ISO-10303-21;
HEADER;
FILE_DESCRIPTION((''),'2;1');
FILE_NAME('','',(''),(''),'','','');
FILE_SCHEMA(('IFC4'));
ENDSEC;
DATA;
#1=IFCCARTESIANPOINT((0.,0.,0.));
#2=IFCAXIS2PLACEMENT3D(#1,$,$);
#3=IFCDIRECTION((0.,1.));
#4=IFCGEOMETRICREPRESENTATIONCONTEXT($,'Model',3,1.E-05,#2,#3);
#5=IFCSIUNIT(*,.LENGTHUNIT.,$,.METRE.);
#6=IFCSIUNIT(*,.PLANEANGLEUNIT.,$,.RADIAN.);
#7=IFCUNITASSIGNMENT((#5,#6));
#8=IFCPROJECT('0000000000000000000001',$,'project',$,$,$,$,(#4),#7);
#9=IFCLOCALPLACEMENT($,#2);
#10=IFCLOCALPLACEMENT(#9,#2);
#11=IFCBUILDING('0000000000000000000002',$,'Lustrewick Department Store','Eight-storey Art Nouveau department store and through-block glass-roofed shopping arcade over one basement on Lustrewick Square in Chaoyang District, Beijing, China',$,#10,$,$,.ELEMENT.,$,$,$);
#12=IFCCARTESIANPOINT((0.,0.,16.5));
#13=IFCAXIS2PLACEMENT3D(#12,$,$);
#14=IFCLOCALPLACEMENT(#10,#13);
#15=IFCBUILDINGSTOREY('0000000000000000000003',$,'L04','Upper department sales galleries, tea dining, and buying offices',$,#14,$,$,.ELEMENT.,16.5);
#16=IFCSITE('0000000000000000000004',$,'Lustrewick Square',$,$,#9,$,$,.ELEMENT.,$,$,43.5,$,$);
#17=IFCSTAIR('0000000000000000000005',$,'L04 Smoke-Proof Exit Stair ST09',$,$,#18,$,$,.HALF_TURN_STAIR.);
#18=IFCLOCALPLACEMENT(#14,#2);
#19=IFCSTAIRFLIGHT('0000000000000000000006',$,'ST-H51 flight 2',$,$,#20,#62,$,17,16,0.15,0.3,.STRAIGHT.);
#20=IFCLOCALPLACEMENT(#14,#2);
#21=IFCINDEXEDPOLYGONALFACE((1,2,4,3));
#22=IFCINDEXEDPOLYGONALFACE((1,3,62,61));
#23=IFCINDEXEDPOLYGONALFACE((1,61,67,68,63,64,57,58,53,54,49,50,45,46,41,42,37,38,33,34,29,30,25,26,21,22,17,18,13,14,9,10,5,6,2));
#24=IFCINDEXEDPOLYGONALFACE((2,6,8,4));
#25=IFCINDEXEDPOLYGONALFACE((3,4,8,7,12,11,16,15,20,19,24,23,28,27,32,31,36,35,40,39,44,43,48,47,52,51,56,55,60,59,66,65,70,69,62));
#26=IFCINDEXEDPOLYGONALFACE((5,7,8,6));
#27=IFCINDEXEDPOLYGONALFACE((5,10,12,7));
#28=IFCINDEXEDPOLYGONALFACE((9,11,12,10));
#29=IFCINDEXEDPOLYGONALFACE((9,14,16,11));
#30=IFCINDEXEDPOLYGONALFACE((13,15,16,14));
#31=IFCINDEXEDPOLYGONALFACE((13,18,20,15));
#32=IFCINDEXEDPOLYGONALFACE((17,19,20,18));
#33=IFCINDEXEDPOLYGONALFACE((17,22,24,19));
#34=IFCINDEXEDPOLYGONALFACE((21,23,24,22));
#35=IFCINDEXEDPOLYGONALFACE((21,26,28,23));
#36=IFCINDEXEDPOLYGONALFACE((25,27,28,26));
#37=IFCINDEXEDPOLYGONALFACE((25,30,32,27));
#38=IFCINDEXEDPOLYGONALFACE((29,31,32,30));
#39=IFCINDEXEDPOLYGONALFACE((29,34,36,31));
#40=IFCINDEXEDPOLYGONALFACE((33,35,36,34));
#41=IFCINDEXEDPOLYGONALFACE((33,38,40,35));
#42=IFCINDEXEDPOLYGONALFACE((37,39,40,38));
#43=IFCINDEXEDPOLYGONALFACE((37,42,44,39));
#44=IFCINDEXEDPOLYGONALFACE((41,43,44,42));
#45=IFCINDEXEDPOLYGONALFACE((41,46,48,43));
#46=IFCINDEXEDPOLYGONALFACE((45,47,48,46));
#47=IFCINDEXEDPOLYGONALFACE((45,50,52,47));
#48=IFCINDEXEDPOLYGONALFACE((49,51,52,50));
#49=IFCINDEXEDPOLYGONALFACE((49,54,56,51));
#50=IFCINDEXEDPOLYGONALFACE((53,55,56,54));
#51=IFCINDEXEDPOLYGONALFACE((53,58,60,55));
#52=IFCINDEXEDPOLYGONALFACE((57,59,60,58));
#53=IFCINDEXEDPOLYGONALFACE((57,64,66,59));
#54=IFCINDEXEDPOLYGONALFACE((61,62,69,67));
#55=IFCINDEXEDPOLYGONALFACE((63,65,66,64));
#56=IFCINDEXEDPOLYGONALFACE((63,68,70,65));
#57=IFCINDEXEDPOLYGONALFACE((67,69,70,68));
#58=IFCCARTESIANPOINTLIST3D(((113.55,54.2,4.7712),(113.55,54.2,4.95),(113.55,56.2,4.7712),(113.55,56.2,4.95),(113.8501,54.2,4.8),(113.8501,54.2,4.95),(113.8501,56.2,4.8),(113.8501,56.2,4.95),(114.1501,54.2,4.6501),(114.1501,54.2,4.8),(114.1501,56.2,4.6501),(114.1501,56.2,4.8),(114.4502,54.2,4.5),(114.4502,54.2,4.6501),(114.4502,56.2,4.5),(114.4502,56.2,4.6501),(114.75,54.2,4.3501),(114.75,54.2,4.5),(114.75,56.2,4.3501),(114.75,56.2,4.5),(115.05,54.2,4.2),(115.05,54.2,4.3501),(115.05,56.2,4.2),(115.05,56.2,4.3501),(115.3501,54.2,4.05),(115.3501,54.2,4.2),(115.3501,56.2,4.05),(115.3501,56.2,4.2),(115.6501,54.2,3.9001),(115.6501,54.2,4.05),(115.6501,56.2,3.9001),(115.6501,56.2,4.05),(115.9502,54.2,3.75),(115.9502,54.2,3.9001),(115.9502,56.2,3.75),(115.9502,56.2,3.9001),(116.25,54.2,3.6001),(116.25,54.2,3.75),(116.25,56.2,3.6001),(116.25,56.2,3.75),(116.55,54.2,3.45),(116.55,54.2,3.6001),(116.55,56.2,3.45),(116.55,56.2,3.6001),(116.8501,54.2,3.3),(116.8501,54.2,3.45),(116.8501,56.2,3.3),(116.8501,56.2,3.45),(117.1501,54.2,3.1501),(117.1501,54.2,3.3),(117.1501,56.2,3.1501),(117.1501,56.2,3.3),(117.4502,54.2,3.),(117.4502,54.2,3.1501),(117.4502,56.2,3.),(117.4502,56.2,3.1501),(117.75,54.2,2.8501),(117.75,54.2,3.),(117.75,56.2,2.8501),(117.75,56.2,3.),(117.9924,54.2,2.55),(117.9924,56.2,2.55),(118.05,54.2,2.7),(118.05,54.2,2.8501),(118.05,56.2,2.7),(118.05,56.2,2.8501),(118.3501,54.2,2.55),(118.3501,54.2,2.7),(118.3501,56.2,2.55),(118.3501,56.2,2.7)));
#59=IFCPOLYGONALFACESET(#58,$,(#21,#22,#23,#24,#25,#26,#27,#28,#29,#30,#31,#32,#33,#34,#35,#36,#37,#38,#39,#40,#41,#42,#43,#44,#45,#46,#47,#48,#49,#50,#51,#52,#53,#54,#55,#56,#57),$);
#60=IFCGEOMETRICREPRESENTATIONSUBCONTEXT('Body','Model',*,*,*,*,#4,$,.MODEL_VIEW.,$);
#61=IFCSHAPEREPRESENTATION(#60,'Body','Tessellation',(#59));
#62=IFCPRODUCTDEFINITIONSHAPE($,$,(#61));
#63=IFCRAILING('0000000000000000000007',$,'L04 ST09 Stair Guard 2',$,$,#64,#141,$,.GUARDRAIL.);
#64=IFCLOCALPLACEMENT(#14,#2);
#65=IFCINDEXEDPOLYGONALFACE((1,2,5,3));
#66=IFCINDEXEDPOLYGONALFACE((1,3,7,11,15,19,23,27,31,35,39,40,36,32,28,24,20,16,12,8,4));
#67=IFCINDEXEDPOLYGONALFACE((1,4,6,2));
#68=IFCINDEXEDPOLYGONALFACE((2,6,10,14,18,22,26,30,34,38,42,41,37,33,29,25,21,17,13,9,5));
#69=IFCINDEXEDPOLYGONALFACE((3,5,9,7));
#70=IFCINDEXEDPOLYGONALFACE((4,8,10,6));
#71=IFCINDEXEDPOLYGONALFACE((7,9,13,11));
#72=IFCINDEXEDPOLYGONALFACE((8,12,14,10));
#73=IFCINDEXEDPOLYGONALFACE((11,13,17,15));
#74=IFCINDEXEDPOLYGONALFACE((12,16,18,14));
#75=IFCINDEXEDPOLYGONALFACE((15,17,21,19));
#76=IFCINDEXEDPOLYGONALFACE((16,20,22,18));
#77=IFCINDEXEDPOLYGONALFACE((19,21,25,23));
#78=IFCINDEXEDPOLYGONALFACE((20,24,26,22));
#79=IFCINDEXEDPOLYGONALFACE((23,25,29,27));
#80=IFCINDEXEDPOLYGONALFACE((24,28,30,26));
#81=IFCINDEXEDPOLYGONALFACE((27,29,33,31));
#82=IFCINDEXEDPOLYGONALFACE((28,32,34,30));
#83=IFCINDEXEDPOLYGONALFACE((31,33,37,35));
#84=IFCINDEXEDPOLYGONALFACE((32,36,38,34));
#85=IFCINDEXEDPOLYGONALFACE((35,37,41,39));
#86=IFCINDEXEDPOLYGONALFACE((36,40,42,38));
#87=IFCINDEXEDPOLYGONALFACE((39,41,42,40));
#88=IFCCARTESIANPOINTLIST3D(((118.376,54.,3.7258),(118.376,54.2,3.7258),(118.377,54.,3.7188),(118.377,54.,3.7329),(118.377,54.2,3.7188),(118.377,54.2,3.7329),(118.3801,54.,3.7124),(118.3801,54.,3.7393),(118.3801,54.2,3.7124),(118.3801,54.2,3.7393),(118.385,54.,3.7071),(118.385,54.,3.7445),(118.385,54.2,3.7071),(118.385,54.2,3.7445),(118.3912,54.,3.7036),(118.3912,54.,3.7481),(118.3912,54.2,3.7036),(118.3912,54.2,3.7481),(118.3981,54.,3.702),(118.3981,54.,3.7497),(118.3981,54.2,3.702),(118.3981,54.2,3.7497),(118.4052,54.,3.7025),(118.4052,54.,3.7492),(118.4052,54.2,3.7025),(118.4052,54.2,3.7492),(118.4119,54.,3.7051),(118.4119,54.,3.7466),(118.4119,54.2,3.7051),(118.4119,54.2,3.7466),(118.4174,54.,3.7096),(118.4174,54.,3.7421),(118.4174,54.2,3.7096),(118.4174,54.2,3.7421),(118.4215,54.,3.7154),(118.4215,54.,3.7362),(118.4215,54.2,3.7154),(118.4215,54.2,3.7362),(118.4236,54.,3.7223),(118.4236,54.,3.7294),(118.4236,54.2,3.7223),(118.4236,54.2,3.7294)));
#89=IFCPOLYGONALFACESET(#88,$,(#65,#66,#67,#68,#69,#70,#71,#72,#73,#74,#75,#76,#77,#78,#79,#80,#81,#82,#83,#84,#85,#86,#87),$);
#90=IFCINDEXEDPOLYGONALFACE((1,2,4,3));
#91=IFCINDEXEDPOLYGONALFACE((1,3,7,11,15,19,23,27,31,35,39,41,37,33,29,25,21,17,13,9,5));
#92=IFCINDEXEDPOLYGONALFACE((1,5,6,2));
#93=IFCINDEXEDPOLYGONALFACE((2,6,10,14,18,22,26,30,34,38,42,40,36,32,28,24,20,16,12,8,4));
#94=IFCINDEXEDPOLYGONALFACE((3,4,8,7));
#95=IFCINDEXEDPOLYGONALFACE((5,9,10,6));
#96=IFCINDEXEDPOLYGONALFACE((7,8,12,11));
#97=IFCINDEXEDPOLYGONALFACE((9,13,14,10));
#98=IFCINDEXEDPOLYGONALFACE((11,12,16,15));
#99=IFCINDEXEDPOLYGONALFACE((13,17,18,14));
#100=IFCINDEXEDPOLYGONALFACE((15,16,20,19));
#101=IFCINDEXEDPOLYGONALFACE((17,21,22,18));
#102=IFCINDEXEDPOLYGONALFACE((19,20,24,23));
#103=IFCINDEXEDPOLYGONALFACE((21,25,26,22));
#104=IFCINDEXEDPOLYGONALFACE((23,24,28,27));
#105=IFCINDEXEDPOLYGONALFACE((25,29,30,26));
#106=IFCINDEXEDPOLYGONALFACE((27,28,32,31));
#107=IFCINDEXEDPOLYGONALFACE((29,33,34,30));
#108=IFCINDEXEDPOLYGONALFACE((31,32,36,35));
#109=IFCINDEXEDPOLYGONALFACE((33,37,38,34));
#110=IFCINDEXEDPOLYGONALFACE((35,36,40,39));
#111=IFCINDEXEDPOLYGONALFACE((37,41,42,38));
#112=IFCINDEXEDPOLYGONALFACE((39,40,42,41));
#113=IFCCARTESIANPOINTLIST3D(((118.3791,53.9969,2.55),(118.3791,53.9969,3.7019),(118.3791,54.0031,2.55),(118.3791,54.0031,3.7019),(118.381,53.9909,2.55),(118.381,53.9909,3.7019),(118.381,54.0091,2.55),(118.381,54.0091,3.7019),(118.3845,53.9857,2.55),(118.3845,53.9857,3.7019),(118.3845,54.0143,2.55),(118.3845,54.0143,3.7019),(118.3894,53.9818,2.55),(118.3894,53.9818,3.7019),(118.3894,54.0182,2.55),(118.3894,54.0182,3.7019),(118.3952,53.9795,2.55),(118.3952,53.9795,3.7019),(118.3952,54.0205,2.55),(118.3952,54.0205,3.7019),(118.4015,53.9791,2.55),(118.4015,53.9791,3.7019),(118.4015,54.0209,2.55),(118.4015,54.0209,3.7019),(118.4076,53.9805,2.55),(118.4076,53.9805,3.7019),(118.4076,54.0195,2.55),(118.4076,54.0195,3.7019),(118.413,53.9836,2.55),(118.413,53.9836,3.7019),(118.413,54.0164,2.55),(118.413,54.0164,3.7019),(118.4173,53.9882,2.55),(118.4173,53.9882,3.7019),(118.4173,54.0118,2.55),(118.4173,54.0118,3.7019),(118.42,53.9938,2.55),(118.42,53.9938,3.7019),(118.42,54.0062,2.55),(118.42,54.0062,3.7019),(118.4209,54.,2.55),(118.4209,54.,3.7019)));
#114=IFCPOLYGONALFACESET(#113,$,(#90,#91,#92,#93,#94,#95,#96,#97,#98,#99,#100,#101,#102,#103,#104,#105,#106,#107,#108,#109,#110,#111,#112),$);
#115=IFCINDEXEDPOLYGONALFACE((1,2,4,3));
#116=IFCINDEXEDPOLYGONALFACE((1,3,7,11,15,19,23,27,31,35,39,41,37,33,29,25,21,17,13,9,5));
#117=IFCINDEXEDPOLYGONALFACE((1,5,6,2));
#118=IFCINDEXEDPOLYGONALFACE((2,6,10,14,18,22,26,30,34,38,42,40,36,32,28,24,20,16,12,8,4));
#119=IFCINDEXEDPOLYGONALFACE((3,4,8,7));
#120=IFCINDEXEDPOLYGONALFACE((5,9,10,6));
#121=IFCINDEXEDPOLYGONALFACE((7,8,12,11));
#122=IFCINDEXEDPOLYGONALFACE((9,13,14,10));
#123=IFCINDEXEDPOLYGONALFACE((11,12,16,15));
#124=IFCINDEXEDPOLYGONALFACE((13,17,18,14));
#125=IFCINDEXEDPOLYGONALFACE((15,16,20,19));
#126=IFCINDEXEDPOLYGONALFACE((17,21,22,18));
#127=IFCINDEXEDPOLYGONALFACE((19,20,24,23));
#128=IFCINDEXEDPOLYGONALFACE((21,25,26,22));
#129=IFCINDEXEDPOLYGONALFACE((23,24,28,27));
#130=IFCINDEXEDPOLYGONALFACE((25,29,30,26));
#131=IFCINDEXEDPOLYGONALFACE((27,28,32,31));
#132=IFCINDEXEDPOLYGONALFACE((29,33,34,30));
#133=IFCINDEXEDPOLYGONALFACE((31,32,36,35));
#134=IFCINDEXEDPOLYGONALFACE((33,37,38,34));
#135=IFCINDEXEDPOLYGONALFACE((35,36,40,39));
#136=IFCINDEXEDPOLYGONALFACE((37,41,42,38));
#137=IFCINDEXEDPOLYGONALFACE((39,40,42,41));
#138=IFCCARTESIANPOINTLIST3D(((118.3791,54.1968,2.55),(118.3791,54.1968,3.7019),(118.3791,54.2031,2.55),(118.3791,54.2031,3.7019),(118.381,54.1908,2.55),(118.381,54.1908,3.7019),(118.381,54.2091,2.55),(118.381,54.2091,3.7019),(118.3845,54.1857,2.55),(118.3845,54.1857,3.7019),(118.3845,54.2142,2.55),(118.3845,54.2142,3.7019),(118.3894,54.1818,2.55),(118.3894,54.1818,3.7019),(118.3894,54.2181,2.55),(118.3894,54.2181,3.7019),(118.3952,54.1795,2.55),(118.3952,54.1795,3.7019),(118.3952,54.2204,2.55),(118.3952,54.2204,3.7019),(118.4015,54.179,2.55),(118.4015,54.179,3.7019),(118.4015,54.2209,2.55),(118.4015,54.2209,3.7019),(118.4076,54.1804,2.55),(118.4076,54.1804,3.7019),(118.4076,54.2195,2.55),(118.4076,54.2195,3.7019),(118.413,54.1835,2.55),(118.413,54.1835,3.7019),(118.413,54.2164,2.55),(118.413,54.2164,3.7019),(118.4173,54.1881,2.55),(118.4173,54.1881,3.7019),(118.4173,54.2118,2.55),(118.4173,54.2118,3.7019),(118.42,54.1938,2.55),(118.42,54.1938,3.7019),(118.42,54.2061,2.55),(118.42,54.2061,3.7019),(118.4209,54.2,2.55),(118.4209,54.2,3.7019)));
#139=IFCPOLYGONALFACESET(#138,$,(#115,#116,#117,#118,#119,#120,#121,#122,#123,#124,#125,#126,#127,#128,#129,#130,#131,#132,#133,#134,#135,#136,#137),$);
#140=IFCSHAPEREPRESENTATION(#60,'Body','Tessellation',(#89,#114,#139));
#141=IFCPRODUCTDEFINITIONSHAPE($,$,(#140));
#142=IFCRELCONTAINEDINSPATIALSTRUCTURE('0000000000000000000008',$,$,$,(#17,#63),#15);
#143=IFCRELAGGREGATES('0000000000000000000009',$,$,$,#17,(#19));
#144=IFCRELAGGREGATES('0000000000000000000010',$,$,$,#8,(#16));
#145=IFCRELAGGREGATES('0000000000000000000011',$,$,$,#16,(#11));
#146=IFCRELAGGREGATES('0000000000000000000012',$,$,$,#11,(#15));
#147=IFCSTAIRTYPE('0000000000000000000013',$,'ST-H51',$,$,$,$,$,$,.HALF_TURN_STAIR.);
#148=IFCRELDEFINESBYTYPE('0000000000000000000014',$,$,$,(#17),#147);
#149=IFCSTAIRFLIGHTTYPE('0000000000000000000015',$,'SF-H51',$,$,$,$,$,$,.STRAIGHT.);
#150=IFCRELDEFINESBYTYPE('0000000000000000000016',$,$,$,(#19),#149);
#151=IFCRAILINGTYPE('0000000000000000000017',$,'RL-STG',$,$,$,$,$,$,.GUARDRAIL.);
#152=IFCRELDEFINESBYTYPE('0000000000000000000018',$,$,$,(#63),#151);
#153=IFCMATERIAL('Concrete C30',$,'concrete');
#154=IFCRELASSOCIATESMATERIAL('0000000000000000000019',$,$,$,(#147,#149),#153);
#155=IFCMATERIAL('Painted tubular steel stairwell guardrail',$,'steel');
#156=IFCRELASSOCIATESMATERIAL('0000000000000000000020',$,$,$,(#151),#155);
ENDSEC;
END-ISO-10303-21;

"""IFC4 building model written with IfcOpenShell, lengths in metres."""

from ifc_helpers import new_model, si_unit, direction, frame, origin, origin_2d, place, context, subcontext, project, spatial, polyline, circle, outline, extrude, material, type_object, element, aggregate, save


model = new_model("IFC4")

# Units and contexts
model_context = context("Model", 3, precision=1e-05, world=origin(), true_north=direction((0.0, 1.0)))
body_context = subcontext(model_context, "Body", "Model", "MODEL_VIEW")
ifc_project = project(units=[si_unit("LENGTHUNIT", "METRE"), si_unit("PLANEANGLEUNIT", "RADIAN")], contexts=[model_context])

# Site, building, storey
site_placement = place(None, origin())
site = spatial("IfcSite", under=ifc_project, at=site_placement, Name="Lustrewick Square", CompositionType="ELEMENT", RefElevation=43.5)
building_placement = place(site_placement, origin())
building = spatial("IfcBuilding", under=site, at=building_placement, Name="Lustrewick Department Store", Description="Eight-storey Art Nouveau department store and through-block glass-roofed shopping arcade over one basement on Lustrewick Square in Chaoyang District, Beijing, China", CompositionType="ELEMENT")
storey_placement = place(building_placement, frame((0.0, 0.0, 16.5)))
storey = spatial("IfcBuildingStorey", under=building, at=storey_placement, Name="L04", Description="Upper department sales galleries, tea dining, and buying offices", CompositionType="ELEMENT", Elevation=16.5)

# Stair, stair flight
ifc_material_1 = material(Name="Concrete C30", Category="concrete")
stair_type = type_object("IfcStairType", Name="ST-H51", PredefinedType="HALF_TURN_STAIR", material=ifc_material_1)
stair_placement = place(storey_placement, origin())
stair = element("IfcStair", 1, at=stair_placement, inside=storey, type_object=stair_type, Name="L04 Smoke-Proof Exit Stair ST09", PredefinedType="HALF_TURN_STAIR")
stair_flight_type = type_object("IfcStairFlightType", Name="SF-H51", PredefinedType="STRAIGHT", material=ifc_material_1)
stair_flight_placement = place(storey_placement, frame((118.3501, 55.2, 2.55), z_axis=(0.0, 0.0, 1.0), x_axis=(-1.0, 0.0, 0.0)))
stair_flight = element("IfcStairFlight", 2, at=stair_flight_placement, type_object=stair_flight_type, Name="ST-H51 flight 2", NumberOfRisers=17, NumberOfTreads=16, PredefinedType="STRAIGHT", RiserHeight=0.15, TreadLength=0.3, context=body_context, shape_type="SweptSolid", body=[
    extrude(outline(polyline([(0.0, 0.0), (0.0, 0.1499), (0.3, 0.1499), (0.3, 0.3), (0.6001, 0.3), (0.6001, 0.45), (0.8999, 0.45), (0.8999, 0.6001), (1.2, 0.6001), (1.2, 0.75), (1.5, 0.75), (1.5, 0.8999), (1.8, 0.8999), (1.8, 1.05), (2.1001, 1.05), (2.1001, 1.2), (2.3999, 1.2), (2.3999, 1.3501), (2.7, 1.3501), (2.7, 1.5), (3.0, 1.5), (3.0, 1.6499), (3.3, 1.6499), (3.3, 1.8), (3.6001, 1.8), (3.6001, 1.95), (3.8999, 1.95), (3.8999, 2.1001), (4.2, 2.1001), (4.2, 2.25), (4.5, 2.25), (4.5, 2.3999), (4.8, 2.3999), (4.8, 2.55), (4.8, 2.2212), (0.3577, 0.0), (0.0, 0.0)])), frame((0.0, 1.0, 0.0), z_axis=(0.0, -1.0, 0.0), x_axis=(1.0, 0.0, 0.0)), (0.0, 0.0, 1.0), 2.0),
])
aggregate(stair, [stair_flight])

# Railing
ifc_material_2 = material(Name="Painted tubular steel stairwell guardrail", Category="steel")
railing_type_1 = type_object("IfcRailingType", Name="RL-STG", PredefinedType="GUARDRAIL", material=ifc_material_2)
railing_1_placement = place(storey_placement, frame((118.3999, 54.0, 2.55)))
element("IfcRailing", 3, at=railing_1_placement, inside=storey, type_object=railing_type_1, Name="L04 ST09 Stair Guard 2", PredefinedType="GUARDRAIL", context=body_context, shape_type="SweptSolid", body=[
    extrude(circle(Radius=0.0239, at=origin_2d()), frame((0.0, 0.0, 1.1758), z_axis=(0.0, 1.0, 0.0), x_axis=(-1.0, 0.0, 0.0)), (0.0, 0.0, 1.0), 0.2),
    extrude(circle(Radius=0.021, at=origin_2d()), origin(), (0.0, 0.0, 1.0), 1.1519),
    extrude(circle(Radius=0.021, at=origin_2d()), frame((0.0, 0.2, 0.0)), (0.0, 0.0, 1.0), 1.1519),
])

save(model, "model.ifc")
